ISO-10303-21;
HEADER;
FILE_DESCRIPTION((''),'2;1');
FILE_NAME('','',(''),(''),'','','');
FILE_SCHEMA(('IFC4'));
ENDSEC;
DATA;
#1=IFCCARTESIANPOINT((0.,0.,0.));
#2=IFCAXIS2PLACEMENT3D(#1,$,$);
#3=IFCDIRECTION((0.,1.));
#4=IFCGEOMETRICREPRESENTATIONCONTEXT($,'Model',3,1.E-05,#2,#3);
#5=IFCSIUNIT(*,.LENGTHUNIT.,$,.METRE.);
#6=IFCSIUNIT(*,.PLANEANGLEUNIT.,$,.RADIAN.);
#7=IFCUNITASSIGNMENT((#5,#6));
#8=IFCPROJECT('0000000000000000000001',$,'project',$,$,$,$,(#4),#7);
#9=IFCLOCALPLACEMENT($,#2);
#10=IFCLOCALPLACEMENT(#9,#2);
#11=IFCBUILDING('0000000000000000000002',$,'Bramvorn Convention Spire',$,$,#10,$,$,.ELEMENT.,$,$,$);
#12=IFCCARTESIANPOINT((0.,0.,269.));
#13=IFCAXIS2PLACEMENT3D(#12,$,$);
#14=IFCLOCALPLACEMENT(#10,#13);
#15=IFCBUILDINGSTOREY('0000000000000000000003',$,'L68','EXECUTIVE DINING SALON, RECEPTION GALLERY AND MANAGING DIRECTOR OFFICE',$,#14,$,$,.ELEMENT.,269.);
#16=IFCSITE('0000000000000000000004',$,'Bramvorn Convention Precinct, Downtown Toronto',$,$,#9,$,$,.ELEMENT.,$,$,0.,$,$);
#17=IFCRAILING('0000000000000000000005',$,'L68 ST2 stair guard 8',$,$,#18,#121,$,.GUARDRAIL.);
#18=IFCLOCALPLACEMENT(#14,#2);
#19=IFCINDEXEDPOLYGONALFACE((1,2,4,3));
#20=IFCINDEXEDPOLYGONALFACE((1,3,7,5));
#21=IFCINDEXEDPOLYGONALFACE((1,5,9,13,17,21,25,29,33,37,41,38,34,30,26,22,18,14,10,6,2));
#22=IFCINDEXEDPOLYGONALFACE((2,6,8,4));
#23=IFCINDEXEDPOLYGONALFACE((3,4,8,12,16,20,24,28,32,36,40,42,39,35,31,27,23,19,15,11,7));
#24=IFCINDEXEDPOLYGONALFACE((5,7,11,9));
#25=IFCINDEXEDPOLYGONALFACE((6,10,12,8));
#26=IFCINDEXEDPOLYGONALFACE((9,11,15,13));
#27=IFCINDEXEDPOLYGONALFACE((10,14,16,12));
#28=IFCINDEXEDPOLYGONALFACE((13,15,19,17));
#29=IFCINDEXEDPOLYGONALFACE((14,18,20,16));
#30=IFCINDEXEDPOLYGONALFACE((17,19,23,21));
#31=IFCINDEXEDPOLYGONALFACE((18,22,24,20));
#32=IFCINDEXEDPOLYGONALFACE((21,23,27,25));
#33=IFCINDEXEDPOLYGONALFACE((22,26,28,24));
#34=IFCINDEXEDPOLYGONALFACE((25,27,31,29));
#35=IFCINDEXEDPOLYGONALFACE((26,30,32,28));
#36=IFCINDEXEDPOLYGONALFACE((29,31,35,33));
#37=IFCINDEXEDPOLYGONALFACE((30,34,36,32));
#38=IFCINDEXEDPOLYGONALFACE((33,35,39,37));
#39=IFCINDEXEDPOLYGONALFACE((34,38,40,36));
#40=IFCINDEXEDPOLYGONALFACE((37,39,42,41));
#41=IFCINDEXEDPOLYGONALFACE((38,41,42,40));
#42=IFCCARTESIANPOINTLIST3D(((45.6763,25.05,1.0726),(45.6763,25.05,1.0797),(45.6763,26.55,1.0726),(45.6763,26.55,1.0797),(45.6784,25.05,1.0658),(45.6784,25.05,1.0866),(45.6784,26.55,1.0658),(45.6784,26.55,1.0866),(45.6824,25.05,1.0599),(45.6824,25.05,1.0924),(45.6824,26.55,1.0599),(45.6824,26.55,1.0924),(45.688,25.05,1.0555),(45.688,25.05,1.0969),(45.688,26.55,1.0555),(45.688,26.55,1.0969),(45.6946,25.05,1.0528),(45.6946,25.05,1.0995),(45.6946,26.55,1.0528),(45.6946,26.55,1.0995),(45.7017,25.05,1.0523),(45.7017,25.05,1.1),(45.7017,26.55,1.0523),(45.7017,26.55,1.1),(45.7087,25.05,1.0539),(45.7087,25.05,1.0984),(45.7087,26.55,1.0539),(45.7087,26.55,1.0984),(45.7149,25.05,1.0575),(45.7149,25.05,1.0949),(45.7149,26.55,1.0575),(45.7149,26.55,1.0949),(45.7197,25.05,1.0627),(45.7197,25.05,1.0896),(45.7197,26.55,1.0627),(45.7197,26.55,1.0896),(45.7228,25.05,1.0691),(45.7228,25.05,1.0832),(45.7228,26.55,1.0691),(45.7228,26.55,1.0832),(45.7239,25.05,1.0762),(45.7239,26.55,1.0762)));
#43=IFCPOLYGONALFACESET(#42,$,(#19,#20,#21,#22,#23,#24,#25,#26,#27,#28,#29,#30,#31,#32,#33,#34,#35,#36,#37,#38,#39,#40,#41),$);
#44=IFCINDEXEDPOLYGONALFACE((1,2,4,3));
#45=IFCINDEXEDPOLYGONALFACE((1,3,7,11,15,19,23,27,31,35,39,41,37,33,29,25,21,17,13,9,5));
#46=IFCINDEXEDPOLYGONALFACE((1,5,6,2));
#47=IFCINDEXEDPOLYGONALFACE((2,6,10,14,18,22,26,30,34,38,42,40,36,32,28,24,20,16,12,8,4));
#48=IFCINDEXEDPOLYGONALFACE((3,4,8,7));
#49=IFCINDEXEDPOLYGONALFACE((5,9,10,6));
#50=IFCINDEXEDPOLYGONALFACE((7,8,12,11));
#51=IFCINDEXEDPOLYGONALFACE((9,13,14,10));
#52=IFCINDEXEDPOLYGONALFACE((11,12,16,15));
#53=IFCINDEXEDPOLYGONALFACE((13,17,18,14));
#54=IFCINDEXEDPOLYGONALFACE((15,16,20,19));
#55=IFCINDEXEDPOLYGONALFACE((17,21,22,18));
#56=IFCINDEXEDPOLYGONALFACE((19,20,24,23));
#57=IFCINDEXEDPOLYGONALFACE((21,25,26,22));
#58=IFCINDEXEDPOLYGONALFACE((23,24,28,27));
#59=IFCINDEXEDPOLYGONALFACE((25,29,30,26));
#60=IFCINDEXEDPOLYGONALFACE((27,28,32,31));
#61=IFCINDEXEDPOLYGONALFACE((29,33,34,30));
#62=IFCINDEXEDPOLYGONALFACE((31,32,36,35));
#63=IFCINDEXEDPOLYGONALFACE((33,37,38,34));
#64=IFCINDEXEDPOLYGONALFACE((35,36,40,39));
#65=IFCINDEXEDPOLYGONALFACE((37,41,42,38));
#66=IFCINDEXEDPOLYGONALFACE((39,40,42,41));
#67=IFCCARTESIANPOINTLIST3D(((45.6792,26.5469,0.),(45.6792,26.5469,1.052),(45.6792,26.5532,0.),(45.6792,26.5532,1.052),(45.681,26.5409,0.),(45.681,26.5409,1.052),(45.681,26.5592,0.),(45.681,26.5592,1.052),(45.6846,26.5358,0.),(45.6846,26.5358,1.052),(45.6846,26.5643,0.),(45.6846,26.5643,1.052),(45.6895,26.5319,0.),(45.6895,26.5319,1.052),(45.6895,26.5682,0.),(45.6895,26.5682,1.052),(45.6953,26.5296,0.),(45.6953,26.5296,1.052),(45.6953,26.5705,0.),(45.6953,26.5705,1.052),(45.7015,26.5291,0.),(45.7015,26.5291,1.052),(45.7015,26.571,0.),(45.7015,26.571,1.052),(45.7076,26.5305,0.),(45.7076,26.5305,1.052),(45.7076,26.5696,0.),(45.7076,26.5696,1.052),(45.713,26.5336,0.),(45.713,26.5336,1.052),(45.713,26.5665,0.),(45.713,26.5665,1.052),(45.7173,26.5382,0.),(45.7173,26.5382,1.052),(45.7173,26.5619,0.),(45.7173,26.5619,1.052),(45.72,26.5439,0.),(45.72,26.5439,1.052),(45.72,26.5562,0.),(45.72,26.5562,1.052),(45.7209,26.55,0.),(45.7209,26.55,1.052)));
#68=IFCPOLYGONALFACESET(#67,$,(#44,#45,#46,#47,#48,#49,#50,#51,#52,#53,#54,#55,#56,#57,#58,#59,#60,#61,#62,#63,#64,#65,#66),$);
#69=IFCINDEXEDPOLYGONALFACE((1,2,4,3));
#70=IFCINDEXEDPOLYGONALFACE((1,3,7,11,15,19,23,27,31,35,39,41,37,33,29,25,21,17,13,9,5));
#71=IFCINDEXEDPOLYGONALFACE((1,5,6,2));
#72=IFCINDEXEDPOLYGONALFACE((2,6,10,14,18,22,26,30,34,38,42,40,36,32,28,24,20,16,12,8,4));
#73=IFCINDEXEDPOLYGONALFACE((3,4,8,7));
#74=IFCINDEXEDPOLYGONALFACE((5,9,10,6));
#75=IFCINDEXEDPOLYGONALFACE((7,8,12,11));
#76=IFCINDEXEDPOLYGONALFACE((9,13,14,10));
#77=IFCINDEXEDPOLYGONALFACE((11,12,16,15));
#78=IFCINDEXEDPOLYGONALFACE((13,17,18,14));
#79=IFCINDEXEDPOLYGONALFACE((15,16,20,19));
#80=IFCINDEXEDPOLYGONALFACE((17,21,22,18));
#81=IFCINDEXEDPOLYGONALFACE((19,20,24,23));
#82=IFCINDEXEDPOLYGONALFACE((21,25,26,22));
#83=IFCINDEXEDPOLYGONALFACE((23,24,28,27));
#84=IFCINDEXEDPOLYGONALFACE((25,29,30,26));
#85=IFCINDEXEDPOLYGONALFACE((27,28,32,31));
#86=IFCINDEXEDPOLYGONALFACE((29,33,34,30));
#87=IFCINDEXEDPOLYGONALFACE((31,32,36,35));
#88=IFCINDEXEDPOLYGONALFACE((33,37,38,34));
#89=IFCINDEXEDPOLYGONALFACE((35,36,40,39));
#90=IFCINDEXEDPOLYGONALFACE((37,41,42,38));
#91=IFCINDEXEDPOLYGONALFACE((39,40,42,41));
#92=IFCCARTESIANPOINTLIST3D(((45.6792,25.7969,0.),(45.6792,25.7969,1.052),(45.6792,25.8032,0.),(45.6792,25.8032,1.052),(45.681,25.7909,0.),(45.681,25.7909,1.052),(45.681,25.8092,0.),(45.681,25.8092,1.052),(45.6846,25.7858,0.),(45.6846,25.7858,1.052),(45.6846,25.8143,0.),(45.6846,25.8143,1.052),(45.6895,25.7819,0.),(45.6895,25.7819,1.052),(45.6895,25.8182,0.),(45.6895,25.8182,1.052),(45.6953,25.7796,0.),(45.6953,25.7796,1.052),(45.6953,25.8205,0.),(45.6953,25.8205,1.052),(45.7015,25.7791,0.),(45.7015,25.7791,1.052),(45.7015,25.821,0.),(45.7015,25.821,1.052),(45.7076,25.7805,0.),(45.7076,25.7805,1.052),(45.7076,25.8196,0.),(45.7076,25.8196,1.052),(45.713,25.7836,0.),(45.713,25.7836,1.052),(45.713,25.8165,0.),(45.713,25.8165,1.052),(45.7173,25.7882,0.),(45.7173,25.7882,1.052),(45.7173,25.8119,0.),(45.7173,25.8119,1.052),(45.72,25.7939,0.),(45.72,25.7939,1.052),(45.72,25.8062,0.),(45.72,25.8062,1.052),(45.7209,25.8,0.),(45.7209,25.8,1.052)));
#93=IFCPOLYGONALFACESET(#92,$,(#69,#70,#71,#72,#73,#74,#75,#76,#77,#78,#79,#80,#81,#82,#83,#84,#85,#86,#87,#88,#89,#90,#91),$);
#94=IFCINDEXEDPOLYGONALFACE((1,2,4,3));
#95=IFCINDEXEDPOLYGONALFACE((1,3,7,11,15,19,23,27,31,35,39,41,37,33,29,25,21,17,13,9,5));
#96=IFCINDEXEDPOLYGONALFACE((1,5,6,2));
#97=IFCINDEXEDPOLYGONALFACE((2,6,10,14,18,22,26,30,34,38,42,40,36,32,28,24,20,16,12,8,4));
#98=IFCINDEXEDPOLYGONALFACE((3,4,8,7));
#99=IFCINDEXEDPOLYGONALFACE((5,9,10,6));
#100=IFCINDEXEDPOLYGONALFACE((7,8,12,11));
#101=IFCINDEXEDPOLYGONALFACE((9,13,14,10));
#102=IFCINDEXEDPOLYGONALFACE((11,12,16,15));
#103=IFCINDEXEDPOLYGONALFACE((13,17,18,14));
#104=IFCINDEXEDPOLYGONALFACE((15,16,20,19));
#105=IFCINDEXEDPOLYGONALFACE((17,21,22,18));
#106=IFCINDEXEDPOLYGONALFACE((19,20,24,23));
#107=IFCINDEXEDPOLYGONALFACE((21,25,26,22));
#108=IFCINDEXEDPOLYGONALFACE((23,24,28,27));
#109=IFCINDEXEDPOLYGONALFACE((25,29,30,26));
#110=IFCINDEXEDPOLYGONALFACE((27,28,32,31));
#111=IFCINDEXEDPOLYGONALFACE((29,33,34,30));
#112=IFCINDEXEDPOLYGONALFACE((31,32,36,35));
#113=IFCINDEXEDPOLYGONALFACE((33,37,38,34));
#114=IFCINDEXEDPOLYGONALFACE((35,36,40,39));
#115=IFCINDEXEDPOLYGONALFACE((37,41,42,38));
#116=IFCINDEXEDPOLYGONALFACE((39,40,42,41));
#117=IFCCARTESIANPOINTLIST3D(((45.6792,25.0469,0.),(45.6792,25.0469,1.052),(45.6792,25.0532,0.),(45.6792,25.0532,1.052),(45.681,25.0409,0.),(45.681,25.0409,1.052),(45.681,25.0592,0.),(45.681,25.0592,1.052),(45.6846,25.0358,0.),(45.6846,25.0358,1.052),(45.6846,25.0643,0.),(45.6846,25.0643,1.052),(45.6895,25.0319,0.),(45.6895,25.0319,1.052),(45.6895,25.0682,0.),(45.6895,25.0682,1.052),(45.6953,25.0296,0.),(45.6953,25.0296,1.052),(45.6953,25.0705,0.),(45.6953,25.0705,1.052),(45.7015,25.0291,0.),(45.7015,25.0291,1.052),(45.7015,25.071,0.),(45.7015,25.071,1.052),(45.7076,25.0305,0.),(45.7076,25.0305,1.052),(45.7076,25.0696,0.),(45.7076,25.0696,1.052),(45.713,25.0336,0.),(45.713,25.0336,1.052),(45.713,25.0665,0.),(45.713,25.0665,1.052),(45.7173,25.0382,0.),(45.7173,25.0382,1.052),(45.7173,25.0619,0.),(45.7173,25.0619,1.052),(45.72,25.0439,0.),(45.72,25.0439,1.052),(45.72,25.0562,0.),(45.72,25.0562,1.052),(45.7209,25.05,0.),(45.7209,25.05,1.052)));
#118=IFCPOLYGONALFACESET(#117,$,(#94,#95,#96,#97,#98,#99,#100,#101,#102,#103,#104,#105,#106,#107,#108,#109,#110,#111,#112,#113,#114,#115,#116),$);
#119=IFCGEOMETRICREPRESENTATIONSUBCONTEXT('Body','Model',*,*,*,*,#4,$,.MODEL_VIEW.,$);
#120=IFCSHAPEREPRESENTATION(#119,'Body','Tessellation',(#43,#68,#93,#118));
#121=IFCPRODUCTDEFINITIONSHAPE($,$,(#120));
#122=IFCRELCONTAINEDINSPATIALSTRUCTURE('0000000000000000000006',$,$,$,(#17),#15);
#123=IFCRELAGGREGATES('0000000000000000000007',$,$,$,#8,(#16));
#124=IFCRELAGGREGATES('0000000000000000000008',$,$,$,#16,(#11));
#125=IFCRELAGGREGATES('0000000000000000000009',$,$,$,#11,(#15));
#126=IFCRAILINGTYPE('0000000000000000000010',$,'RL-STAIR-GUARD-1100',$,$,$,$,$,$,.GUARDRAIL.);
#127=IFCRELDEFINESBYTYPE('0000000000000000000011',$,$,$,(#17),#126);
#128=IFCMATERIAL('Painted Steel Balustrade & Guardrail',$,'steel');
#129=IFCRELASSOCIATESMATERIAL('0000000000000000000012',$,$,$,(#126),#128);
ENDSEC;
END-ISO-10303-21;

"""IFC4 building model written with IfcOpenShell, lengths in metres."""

from ifc_helpers import new_model, si_unit, direction, frame, origin, origin_2d, place, context, subcontext, project, spatial, circle, extrude, material, type_object, element, save


model = new_model("IFC4")

# Units and contexts
model_context = context("Model", 3, precision=1e-05, world=origin(), true_north=direction((0.0, 1.0)))
body_context = subcontext(model_context, "Body", "Model", "MODEL_VIEW")
ifc_project = project(units=[si_unit("LENGTHUNIT", "METRE"), si_unit("PLANEANGLEUNIT", "RADIAN")], contexts=[model_context])

# Site, building, storey
site_placement = place(None, origin())
site = spatial("IfcSite", under=ifc_project, at=site_placement, Name="Bramvorn Convention Precinct, Downtown Toronto", CompositionType="ELEMENT", RefElevation=0.0)
building_placement = place(site_placement, origin())
building = spatial("IfcBuilding", under=site, at=building_placement, Name="Bramvorn Convention Spire", CompositionType="ELEMENT")
storey_placement = place(building_placement, frame((0.0, 0.0, 269.0)))
storey = spatial("IfcBuildingStorey", under=building, at=storey_placement, Name="L68", Description="EXECUTIVE DINING SALON, RECEPTION GALLERY AND MANAGING DIRECTOR OFFICE", CompositionType="ELEMENT", Elevation=269.0)

# Railing
ifc_material_1 = material(Name="Painted Steel Balustrade & Guardrail", Category="steel")
railing_type_1 = type_object("IfcRailingType", Name="RL-STAIR-GUARD-1100", PredefinedType="GUARDRAIL", material=ifc_material_1)
railing_1_placement = place(storey_placement, frame((45.7, 26.55, 0.0)))
element("IfcRailing", 1, at=railing_1_placement, inside=storey, type_object=railing_type_1, Name="L68 ST2 stair guard 8", PredefinedType="GUARDRAIL", context=body_context, shape_type="SweptSolid", body=[
    extrude(circle(Radius=0.0239, at=origin_2d()), frame((0.0, 0.0, 1.0762), z_axis=(0.0, -1.0, 0.0), x_axis=(1.0, 0.0, 0.0)), (0.0, 0.0, 1.0), 1.5),
    extrude(circle(Radius=0.021, at=origin_2d()), origin(), (0.0, 0.0, 1.0), 1.052),
    extrude(circle(Radius=0.021, at=origin_2d()), frame((0.0, -0.75, 0.0)), (0.0, 0.0, 1.0), 1.052),
    extrude(circle(Radius=0.021, at=origin_2d()), frame((0.0, -1.5, 0.0)), (0.0, 0.0, 1.0), 1.052),
])

save(model, "model.ifc")
